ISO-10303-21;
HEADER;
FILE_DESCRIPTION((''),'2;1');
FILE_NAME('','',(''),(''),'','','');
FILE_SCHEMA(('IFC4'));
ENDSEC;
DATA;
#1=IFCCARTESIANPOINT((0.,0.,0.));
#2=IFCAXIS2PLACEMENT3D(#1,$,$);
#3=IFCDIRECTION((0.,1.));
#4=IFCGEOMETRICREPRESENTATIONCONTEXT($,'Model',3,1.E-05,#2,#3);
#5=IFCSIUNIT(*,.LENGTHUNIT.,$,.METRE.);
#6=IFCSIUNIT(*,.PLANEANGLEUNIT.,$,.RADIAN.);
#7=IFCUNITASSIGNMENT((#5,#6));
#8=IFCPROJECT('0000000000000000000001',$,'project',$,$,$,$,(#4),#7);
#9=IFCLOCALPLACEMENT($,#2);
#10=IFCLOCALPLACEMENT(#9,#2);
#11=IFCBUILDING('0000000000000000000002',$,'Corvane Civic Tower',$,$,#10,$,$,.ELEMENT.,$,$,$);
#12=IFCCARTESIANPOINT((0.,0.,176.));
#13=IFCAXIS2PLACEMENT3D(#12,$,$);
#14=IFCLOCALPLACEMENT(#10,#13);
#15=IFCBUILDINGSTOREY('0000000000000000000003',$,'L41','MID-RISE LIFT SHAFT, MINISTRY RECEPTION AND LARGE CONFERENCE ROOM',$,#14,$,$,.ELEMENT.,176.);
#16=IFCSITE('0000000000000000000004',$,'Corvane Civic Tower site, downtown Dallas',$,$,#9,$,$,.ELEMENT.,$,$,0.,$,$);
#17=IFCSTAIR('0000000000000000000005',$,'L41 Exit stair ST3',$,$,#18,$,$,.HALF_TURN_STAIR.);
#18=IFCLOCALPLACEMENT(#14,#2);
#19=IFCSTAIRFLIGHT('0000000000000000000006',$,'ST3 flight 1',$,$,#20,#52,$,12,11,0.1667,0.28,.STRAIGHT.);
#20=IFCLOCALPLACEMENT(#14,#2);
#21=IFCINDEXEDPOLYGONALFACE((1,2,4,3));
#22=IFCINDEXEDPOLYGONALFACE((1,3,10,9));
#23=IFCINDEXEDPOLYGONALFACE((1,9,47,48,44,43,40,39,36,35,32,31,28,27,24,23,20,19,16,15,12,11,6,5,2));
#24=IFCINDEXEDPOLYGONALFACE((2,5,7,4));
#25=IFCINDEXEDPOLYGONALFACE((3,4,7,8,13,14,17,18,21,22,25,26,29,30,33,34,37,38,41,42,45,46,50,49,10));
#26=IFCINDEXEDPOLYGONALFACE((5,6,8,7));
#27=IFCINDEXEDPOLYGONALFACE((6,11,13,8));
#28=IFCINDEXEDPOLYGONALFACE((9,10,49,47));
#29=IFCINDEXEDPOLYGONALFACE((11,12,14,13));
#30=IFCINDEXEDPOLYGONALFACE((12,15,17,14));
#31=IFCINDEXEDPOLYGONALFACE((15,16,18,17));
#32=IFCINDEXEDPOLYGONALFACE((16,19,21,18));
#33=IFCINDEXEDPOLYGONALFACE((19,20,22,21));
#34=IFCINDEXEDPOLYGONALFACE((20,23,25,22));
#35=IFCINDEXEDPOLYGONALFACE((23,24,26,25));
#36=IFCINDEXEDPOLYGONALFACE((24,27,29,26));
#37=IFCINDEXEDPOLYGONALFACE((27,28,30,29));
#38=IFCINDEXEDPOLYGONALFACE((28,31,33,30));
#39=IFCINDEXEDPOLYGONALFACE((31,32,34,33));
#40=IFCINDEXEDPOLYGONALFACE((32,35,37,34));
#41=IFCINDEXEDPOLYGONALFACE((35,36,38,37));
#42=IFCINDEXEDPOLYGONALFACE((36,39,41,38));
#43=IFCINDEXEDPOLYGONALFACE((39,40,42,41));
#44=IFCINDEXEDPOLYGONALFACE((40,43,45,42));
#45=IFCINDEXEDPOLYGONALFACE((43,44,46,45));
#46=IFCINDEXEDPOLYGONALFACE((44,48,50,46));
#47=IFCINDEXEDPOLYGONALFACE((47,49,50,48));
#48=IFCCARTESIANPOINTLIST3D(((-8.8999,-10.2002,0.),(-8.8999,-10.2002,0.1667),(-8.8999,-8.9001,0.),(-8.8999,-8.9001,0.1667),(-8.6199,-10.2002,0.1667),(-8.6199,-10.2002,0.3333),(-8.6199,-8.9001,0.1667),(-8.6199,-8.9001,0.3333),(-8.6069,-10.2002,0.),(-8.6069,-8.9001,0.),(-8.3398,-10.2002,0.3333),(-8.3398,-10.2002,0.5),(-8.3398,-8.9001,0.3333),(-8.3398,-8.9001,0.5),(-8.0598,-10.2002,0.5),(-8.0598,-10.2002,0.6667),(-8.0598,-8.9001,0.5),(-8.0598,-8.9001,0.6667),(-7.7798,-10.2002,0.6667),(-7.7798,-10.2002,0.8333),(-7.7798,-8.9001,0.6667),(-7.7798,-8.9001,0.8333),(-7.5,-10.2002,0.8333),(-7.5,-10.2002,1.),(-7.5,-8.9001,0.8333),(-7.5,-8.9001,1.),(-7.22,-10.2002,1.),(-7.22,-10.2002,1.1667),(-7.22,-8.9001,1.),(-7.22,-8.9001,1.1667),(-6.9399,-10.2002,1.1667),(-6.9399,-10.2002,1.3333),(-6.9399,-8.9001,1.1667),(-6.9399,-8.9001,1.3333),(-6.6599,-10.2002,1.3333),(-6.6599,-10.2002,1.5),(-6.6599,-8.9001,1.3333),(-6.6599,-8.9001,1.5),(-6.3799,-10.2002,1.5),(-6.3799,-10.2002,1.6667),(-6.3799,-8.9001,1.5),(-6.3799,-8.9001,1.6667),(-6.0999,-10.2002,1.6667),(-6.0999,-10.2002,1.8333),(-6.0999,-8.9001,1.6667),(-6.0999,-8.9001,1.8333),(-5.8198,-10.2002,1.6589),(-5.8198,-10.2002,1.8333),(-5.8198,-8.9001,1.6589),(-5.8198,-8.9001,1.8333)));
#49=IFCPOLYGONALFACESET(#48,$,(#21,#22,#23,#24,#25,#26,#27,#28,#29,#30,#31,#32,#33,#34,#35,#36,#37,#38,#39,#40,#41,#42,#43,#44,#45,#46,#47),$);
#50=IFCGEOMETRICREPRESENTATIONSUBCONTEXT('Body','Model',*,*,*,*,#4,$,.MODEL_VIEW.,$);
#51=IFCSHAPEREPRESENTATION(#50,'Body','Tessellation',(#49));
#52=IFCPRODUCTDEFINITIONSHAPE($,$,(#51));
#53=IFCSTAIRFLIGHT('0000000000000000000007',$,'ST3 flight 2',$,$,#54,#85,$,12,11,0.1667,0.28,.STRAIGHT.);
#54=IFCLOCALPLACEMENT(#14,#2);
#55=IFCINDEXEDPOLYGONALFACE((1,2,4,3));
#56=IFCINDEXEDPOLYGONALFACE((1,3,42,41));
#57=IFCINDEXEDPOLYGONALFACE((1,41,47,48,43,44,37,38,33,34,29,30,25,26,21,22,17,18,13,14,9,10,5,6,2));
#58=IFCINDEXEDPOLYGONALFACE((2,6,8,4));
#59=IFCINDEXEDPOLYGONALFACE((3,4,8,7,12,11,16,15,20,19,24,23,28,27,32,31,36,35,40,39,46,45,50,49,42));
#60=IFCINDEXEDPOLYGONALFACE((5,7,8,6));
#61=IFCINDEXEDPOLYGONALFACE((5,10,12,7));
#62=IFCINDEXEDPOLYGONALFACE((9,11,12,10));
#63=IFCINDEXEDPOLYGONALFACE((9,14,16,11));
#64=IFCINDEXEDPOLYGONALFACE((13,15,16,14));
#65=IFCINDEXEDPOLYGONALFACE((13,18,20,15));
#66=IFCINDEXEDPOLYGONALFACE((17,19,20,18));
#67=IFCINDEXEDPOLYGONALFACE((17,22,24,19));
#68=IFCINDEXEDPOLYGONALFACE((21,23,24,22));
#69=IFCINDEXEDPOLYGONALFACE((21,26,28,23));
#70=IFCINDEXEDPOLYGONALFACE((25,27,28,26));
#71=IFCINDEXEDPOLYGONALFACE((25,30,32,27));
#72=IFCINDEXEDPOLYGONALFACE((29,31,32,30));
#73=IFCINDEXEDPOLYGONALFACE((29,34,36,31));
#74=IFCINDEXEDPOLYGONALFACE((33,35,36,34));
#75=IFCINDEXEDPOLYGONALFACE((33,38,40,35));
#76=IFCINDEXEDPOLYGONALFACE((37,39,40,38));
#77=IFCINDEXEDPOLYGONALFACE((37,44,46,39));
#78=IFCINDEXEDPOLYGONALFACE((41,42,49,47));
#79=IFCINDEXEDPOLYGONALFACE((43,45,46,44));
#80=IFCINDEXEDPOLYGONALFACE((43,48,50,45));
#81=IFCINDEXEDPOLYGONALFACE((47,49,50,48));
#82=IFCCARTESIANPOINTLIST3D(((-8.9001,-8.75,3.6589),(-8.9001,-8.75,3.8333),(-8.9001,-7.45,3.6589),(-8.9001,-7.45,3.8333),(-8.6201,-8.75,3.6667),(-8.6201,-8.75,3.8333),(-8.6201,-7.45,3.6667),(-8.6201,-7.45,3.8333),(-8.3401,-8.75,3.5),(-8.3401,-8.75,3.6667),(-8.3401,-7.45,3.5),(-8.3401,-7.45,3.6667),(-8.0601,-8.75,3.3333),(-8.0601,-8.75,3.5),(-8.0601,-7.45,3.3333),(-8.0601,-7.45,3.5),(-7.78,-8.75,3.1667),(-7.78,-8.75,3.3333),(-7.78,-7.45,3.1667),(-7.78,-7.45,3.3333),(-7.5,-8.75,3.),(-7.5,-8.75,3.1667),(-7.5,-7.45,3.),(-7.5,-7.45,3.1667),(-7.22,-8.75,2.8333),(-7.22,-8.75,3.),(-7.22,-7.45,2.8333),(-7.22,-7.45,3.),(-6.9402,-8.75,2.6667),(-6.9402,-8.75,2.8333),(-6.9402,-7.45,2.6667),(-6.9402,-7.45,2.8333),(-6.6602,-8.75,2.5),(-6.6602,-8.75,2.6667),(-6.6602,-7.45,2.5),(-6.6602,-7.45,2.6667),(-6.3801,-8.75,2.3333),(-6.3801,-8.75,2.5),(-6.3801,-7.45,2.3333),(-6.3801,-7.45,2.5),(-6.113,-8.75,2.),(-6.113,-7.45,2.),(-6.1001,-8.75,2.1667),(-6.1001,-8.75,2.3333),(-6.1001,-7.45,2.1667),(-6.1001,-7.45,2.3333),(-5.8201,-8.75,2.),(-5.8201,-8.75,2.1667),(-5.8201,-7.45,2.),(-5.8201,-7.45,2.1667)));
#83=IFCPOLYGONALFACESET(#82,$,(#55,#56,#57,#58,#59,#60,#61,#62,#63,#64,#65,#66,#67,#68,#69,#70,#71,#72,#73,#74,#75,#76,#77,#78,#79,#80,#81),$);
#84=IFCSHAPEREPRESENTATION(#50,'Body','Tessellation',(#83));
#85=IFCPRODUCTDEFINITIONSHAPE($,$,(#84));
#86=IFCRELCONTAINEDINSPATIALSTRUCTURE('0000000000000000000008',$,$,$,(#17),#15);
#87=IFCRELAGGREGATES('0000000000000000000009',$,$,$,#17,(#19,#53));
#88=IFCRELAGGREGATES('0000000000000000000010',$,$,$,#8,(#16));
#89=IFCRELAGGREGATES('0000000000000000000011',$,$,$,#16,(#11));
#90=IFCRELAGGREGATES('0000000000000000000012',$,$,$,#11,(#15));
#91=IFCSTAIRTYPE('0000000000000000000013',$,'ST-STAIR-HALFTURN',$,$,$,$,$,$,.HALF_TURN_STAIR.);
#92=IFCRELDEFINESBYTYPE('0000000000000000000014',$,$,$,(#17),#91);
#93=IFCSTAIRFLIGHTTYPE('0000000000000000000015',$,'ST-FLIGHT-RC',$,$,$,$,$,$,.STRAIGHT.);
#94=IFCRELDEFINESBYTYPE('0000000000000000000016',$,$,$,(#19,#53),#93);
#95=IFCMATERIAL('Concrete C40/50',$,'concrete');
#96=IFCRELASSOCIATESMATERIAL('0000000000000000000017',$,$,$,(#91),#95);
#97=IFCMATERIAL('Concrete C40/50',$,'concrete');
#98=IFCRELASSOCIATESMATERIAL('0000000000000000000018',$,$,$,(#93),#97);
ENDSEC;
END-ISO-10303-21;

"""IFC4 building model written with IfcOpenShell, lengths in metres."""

from ifc_helpers import new_model, si_unit, direction, frame, origin, place, context, subcontext, project, spatial, polyline, outline, extrude, material, type_object, element, aggregate, save


model = new_model("IFC4")

# Units and contexts
model_context = context("Model", 3, precision=1e-05, world=origin(), true_north=direction((0.0, 1.0)))
body_context = subcontext(model_context, "Body", "Model", "MODEL_VIEW")
ifc_project = project(units=[si_unit("LENGTHUNIT", "METRE"), si_unit("PLANEANGLEUNIT", "RADIAN")], contexts=[model_context])

# Site, building, storey
site_placement = place(None, origin())
site = spatial("IfcSite", under=ifc_project, at=site_placement, Name="Corvane Civic Tower site, downtown Dallas", CompositionType="ELEMENT", RefElevation=0.0)
building_placement = place(site_placement, origin())
building = spatial("IfcBuilding", under=site, at=building_placement, Name="Corvane Civic Tower", CompositionType="ELEMENT")
storey_placement = place(building_placement, frame((0.0, 0.0, 176.0)))
storey = spatial("IfcBuildingStorey", under=building, at=storey_placement, Name="L41", Description="MID-RISE LIFT SHAFT, MINISTRY RECEPTION AND LARGE CONFERENCE ROOM", CompositionType="ELEMENT", Elevation=176.0)

# Stair, stair flights
ifc_material_1 = material(Name="Concrete C40/50", Category="concrete")
stair_type = type_object("IfcStairType", Name="ST-STAIR-HALFTURN", PredefinedType="HALF_TURN_STAIR", material=ifc_material_1)
stair_placement = place(storey_placement, origin())
stair = element("IfcStair", 1, at=stair_placement, inside=storey, type_object=stair_type, Name="L41 Exit stair ST3", PredefinedType="HALF_TURN_STAIR")
ifc_material_2 = material(Name="Concrete C40/50", Category="concrete")
stair_flight_type = type_object("IfcStairFlightType", Name="ST-FLIGHT-RC", PredefinedType="STRAIGHT", material=ifc_material_2)
stair_flight_1_placement = place(storey_placement, frame((-8.8999, -9.55, 0.0), z_axis=(0.0, 0.0, 1.0), x_axis=(1.0, 0.0, 0.0)))
stair_flight_1 = element("IfcStairFlight", 2, at=stair_flight_1_placement, type_object=stair_flight_type, Name="ST3 flight 1", NumberOfRisers=12, NumberOfTreads=11, PredefinedType="STRAIGHT", RiserHeight=0.1667, TreadLength=0.28, context=body_context, shape_type="SweptSolid", body=[
    extrude(outline(polyline([(0.0, 0.0), (0.0, 0.1667), (0.28, 0.1667), (0.28, 0.3333), (0.5601, 0.3333), (0.5601, 0.5), (0.8401, 0.5), (0.8401, 0.6667), (1.1201, 0.6667), (1.1201, 0.8333), (1.3999, 0.8333), (1.3999, 1.0), (1.6799, 1.0), (1.6799, 1.1667), (1.96, 1.1667), (1.96, 1.3333), (2.24, 1.3333), (2.24, 1.5), (2.52, 1.5), (2.52, 1.6667), (2.8, 1.6667), (2.8, 1.8333), (3.0801, 1.8333), (3.0801, 2.0), (3.0801, 1.6589), (0.293, 0.0), (0.0, 0.0)])), frame((0.0, 0.6499, 0.0), z_axis=(0.0, -1.0, 0.0), x_axis=(1.0, 0.0, 0.0)), (0.0, 0.0, 1.0), 1.3),
])
stair_flight_2_placement = place(storey_placement, frame((-5.8201, -8.1001, 2.0), z_axis=(0.0, 0.0, 1.0), x_axis=(-1.0, 0.0, 0.0)))
stair_flight_2 = element("IfcStairFlight", 3, at=stair_flight_2_placement, type_object=stair_flight_type, Name="ST3 flight 2", NumberOfRisers=12, NumberOfTreads=11, PredefinedType="STRAIGHT", RiserHeight=0.1667, TreadLength=0.28, context=body_context, shape_type="SweptSolid", body=[
    extrude(outline(polyline([(0.0, 0.0), (0.0, 0.1667), (0.28, 0.1667), (0.28, 0.3333), (0.5601, 0.3333), (0.5601, 0.5), (0.8401, 0.5), (0.8401, 0.6667), (1.1201, 0.6667), (1.1201, 0.8333), (1.3999, 0.8333), (1.3999, 1.0), (1.6799, 1.0), (1.6799, 1.1667), (1.96, 1.1667), (1.96, 1.3333), (2.24, 1.3333), (2.24, 1.5), (2.52, 1.5), (2.52, 1.6667), (2.8, 1.6667), (2.8, 1.8333), (3.0801, 1.8333), (3.0801, 2.0), (3.0801, 1.6589), (0.293, 0.0), (0.0, 0.0)])), frame((0.0, 0.6499, 0.0), z_axis=(0.0, -1.0, 0.0), x_axis=(1.0, 0.0, 0.0)), (0.0, 0.0, 1.0), 1.3),
])
aggregate(stair, [stair_flight_1, stair_flight_2])

save(model, "model.ifc")
